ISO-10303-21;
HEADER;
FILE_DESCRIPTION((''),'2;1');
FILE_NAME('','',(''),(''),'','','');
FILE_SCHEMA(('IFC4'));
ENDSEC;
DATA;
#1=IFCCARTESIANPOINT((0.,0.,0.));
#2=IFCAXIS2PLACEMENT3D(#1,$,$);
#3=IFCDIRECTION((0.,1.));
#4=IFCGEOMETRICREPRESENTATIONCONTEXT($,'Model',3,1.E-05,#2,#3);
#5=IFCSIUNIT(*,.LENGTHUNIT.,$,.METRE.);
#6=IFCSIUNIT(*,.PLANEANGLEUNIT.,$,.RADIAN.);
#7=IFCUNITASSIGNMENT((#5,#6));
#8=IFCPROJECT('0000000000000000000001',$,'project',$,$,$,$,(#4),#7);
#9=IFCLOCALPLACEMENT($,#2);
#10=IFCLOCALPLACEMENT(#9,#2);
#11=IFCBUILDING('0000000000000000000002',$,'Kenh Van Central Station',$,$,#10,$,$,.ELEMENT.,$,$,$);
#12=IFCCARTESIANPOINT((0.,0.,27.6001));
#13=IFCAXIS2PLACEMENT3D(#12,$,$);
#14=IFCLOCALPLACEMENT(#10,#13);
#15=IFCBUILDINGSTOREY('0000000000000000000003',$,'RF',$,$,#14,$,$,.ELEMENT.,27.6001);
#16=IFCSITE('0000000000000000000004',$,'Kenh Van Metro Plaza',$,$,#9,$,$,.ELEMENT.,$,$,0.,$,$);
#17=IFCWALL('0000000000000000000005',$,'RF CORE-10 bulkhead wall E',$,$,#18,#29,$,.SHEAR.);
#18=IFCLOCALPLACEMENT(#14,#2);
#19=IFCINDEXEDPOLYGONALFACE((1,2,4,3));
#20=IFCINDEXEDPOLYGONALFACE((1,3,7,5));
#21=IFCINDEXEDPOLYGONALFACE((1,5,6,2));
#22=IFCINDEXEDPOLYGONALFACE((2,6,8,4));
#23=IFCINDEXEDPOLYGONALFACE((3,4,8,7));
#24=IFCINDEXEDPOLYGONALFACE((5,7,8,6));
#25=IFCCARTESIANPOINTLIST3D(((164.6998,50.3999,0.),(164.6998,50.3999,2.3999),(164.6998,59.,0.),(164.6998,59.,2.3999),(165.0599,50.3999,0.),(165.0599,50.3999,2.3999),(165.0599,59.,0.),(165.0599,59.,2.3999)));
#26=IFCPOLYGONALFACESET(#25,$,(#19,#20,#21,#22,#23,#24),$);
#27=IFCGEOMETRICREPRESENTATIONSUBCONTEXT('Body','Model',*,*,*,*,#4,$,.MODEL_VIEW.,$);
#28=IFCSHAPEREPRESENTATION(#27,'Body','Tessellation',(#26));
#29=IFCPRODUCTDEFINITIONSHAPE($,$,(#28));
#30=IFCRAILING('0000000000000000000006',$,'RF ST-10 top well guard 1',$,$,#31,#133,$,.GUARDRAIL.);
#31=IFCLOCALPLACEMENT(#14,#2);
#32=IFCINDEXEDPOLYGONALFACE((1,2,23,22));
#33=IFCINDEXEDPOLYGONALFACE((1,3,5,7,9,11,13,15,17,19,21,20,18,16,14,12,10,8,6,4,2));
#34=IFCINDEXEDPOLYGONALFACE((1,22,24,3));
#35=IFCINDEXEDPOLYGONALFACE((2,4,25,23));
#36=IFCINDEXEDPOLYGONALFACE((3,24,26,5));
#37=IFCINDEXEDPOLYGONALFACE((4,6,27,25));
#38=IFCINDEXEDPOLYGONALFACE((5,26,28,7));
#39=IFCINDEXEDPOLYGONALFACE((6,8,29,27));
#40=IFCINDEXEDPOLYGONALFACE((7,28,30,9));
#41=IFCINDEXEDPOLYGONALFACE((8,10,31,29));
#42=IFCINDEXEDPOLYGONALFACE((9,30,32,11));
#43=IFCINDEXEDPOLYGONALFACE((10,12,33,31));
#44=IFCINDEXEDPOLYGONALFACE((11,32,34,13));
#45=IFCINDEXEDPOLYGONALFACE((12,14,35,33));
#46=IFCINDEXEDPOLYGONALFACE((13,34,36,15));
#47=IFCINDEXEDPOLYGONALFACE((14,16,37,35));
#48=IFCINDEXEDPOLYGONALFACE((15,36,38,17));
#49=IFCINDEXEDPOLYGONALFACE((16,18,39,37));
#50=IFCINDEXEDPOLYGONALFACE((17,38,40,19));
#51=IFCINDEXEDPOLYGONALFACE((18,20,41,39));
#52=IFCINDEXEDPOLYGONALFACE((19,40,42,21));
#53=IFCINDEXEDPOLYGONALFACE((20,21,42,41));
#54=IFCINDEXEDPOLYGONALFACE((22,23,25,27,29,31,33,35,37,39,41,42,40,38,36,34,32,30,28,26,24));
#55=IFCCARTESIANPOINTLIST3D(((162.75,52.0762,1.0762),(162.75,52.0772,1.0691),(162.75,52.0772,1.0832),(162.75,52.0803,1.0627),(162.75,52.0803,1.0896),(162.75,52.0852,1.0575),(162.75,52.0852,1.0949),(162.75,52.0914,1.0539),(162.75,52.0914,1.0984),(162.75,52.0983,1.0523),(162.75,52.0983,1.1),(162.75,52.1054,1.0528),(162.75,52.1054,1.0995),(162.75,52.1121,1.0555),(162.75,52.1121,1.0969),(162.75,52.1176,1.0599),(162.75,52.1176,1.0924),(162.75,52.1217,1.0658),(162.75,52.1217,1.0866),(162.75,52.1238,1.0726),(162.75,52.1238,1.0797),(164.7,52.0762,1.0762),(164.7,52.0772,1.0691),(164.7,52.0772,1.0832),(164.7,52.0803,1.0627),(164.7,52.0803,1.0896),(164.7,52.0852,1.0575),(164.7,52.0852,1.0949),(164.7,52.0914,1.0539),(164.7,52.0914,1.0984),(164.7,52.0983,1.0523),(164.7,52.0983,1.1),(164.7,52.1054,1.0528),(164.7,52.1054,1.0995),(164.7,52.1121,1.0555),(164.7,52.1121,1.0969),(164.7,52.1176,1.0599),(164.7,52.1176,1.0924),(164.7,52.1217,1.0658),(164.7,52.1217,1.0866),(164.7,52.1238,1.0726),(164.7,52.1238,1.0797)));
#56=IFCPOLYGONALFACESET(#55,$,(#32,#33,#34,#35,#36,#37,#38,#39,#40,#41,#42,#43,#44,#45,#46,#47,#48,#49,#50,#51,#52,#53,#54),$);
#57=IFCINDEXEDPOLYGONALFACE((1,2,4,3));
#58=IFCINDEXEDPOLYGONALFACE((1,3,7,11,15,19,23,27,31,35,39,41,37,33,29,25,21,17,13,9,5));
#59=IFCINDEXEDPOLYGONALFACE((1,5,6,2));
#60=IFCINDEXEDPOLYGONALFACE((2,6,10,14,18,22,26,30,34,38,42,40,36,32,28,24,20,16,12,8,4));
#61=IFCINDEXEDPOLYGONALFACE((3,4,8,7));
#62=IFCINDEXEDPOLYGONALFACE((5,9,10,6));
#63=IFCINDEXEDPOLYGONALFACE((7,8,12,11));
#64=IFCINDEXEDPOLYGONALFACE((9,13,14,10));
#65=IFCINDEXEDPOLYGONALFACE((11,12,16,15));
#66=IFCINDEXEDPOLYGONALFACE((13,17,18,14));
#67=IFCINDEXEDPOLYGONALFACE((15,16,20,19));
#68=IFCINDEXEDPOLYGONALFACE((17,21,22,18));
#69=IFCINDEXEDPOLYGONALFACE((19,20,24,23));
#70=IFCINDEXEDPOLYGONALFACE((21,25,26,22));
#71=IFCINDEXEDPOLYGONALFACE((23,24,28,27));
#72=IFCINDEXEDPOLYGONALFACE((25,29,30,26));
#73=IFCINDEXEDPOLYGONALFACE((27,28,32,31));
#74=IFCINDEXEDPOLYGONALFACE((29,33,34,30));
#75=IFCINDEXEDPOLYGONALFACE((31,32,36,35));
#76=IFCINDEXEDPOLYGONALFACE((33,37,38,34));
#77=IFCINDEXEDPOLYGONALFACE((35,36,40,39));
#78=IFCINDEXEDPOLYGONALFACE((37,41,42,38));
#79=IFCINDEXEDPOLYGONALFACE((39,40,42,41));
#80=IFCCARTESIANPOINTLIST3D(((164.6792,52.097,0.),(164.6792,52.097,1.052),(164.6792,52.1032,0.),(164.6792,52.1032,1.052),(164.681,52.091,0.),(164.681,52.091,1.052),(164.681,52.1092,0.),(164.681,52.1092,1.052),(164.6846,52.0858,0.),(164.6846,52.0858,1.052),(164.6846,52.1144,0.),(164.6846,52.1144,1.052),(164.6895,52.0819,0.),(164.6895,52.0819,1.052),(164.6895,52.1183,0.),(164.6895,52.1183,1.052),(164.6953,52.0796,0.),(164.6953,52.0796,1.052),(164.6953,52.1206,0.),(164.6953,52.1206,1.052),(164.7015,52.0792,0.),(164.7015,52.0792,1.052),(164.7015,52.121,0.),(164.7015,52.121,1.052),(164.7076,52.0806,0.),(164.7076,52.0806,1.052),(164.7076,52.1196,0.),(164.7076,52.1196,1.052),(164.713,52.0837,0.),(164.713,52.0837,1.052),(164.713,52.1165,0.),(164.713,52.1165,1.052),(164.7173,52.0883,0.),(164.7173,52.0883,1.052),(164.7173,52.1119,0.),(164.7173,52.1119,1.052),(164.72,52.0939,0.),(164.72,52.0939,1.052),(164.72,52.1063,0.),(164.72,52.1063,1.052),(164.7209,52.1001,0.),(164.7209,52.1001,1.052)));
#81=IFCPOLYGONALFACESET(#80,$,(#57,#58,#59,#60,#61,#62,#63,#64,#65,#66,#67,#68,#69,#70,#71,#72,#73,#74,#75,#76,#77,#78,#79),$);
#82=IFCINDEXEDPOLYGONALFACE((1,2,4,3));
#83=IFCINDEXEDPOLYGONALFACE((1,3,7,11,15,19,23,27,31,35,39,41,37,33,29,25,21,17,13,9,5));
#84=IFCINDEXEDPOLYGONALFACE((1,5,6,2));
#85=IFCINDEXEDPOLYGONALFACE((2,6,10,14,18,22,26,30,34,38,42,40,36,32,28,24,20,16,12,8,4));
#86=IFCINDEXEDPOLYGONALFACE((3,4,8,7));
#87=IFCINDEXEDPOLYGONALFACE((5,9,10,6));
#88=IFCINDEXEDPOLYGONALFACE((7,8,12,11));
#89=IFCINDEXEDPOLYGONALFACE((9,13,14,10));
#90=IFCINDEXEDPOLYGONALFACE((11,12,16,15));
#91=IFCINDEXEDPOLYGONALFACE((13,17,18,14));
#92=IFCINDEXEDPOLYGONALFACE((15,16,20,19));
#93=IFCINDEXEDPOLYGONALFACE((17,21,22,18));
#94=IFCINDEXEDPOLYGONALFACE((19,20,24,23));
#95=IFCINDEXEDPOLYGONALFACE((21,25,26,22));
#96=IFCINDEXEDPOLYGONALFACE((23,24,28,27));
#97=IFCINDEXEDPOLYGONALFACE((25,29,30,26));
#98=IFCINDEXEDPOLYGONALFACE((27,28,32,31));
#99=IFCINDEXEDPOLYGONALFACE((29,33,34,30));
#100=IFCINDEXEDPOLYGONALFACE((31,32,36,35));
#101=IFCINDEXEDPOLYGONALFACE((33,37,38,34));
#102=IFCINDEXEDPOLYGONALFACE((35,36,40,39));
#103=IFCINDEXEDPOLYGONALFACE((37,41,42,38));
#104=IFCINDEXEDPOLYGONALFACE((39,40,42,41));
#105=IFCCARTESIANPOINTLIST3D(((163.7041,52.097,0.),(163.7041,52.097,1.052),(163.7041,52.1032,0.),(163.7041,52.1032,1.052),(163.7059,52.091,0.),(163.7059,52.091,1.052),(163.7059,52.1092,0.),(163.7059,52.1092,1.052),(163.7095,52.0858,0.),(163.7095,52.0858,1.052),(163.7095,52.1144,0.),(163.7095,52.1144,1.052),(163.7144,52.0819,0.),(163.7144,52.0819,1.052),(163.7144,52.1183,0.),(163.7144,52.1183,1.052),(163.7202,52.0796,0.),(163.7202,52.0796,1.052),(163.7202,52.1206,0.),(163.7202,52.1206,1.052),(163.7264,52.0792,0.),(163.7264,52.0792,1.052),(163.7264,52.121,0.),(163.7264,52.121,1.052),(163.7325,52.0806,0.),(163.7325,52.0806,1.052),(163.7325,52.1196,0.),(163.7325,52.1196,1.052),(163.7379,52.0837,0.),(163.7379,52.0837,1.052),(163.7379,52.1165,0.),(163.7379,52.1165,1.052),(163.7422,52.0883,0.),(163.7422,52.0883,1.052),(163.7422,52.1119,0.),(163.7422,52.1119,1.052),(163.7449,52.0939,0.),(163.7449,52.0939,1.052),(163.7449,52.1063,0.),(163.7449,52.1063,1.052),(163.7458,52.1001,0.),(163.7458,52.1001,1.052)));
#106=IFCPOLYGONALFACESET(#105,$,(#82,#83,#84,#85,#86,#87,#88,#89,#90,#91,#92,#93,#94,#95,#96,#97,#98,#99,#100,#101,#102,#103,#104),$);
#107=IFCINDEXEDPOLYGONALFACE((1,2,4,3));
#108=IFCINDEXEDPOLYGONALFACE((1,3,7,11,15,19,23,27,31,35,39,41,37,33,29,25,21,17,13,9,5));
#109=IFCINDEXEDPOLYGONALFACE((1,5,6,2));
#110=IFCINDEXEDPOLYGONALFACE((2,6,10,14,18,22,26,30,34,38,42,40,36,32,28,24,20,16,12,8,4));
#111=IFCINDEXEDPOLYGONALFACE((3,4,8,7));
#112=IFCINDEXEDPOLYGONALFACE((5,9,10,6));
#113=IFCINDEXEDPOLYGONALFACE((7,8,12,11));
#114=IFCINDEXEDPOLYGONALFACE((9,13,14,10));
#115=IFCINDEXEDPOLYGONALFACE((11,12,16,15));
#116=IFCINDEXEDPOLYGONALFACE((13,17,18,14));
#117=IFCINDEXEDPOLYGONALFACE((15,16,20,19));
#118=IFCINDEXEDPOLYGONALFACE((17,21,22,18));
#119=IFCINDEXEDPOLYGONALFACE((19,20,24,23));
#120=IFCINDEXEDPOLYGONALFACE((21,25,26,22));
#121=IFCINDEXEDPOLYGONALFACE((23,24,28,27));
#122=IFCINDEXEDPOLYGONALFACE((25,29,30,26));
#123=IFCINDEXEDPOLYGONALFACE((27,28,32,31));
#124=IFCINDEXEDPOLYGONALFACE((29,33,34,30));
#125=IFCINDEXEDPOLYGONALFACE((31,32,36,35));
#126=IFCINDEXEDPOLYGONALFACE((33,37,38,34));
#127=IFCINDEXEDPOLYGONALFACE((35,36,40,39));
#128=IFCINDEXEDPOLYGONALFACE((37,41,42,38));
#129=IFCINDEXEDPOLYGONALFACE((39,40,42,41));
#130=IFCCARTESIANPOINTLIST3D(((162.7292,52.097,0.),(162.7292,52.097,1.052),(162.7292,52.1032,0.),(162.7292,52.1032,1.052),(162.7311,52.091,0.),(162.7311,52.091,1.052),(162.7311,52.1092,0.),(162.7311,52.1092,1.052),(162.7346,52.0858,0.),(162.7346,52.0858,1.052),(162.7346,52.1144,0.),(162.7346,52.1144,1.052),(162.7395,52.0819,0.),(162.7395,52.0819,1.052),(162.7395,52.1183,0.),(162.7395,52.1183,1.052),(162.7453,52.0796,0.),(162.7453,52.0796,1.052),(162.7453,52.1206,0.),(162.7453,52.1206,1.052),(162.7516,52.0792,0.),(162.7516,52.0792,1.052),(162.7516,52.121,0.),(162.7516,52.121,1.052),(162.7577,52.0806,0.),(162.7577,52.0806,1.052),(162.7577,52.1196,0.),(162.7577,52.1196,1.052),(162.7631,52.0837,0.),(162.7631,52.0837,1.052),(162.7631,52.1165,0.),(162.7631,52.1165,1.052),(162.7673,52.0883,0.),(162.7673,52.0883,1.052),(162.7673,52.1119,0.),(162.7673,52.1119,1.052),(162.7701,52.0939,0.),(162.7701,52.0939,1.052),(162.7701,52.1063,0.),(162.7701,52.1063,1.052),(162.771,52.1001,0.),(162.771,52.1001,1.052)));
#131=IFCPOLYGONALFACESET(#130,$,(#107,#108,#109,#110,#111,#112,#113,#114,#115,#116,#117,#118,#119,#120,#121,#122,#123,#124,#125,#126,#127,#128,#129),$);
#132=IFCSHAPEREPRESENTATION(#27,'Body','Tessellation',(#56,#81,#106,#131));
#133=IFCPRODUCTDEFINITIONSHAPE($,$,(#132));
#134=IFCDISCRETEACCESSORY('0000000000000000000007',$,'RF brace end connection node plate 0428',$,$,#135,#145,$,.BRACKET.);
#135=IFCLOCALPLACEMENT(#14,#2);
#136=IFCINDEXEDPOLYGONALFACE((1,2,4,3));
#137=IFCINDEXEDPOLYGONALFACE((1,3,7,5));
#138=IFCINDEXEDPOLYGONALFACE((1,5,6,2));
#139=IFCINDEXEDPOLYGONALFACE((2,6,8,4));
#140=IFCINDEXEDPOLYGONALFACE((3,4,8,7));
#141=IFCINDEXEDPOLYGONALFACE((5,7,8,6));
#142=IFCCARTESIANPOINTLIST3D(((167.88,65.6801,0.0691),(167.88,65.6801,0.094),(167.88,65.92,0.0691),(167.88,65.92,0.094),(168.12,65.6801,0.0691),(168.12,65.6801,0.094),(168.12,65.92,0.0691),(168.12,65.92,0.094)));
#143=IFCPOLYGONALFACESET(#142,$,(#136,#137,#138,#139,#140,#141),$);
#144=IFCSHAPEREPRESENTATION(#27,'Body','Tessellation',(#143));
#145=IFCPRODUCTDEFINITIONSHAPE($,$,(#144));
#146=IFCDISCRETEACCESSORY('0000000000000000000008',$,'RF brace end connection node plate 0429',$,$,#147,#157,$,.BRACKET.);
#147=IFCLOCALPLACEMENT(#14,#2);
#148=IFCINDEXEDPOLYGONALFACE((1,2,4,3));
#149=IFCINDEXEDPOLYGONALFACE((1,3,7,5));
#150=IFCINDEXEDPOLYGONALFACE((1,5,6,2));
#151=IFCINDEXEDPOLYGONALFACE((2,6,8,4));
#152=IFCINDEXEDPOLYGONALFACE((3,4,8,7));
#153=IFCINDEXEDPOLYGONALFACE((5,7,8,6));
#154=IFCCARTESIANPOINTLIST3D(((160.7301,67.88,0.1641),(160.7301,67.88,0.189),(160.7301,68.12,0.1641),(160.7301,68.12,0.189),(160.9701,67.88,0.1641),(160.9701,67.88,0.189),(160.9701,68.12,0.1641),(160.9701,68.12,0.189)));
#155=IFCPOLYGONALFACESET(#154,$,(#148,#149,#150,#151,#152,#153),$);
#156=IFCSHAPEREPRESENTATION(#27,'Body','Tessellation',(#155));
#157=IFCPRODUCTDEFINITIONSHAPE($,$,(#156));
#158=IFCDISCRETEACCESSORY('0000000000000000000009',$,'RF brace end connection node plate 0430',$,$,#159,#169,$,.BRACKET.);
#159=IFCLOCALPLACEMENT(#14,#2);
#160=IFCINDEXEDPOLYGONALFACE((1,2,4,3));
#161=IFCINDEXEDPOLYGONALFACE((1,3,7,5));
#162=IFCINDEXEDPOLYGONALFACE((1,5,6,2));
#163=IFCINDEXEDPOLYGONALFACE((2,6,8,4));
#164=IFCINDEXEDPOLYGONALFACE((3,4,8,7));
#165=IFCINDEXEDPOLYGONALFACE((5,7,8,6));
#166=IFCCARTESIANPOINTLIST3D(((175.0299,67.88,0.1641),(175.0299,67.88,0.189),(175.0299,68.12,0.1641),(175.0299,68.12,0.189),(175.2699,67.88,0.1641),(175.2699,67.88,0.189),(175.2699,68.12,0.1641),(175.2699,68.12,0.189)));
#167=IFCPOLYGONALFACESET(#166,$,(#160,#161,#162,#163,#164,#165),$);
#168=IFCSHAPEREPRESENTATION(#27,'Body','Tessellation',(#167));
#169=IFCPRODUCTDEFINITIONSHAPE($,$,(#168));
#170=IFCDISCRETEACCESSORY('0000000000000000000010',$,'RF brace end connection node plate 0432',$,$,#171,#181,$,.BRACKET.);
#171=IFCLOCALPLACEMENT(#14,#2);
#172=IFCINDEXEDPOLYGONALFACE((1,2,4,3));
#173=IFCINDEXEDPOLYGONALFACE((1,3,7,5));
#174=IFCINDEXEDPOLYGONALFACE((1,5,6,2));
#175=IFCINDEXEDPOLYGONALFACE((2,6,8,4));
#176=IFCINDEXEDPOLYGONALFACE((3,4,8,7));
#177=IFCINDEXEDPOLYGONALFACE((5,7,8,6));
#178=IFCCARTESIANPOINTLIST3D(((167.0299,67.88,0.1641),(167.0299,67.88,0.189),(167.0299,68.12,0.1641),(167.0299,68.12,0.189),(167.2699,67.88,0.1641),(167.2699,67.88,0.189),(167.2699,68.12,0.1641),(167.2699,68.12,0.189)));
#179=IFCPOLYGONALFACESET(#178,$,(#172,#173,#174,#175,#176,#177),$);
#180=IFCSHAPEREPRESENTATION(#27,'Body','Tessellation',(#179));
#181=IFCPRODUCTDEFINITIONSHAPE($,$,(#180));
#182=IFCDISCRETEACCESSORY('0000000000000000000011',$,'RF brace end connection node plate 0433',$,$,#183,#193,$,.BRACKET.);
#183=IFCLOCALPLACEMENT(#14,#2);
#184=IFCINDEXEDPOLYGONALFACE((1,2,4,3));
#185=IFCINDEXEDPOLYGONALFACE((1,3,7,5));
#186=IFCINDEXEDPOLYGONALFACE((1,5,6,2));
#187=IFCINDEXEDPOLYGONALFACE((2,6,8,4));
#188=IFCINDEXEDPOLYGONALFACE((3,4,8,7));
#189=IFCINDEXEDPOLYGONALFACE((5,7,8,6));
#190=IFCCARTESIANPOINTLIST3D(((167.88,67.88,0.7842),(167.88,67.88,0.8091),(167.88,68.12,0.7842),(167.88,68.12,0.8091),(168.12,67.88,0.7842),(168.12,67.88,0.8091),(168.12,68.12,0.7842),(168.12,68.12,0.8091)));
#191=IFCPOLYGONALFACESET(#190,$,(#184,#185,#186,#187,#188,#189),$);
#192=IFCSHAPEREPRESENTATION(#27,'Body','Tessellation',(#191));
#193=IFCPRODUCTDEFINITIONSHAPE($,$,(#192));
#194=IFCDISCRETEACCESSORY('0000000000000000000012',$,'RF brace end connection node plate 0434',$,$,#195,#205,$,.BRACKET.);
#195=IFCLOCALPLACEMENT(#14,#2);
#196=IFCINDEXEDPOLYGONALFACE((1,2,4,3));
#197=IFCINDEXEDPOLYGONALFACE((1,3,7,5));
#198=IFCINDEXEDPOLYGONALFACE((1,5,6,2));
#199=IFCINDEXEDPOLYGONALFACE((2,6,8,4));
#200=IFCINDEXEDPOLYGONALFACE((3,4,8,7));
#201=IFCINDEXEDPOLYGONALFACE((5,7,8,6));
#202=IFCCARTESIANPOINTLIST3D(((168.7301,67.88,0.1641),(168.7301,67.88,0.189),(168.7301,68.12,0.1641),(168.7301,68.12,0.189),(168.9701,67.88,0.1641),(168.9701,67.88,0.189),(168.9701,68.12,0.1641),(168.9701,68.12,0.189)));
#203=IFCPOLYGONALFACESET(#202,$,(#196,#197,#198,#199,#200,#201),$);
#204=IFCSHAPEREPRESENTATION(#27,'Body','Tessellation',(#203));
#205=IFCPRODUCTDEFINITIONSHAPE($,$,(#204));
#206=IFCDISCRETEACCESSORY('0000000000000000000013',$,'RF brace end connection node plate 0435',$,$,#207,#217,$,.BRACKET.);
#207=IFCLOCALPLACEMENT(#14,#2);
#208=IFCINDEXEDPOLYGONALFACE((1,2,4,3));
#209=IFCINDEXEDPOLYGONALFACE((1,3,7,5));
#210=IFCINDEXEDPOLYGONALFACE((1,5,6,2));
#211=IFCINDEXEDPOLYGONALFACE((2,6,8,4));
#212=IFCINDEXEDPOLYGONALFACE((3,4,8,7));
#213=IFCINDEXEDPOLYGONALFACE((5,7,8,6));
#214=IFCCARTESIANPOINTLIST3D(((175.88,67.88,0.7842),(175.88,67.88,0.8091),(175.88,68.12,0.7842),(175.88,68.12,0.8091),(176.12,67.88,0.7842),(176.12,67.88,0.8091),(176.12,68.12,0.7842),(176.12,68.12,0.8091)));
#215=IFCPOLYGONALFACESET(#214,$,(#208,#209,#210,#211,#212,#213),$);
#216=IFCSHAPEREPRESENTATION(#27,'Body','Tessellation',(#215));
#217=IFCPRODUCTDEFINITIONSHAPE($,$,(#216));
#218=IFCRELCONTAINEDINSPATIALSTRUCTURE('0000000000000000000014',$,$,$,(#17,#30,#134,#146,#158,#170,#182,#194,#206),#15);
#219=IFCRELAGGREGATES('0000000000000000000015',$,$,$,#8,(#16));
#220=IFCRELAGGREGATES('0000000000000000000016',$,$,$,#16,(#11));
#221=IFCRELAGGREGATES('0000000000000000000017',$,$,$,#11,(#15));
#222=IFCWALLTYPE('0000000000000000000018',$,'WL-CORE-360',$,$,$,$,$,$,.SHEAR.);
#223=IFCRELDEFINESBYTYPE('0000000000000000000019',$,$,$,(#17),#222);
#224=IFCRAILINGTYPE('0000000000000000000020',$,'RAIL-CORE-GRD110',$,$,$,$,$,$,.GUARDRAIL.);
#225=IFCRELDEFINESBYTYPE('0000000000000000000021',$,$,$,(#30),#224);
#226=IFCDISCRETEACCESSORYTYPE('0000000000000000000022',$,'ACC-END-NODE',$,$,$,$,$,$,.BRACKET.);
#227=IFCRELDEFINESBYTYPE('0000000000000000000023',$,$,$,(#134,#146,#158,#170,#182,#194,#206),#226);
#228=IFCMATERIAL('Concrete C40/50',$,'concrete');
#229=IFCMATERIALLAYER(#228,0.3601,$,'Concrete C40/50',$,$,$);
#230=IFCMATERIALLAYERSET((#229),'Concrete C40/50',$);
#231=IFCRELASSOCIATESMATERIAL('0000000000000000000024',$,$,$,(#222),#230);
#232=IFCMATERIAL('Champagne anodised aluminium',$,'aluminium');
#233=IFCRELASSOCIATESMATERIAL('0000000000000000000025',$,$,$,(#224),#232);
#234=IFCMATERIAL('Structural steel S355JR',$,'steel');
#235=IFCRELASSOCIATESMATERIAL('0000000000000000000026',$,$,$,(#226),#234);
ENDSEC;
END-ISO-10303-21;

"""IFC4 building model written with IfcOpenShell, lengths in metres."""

from ifc_helpers import new_model, si_unit, direction, frame, frame_2d, origin, origin_2d, place, context, subcontext, project, spatial, rectangle, circle, extrude, material, layer, layer_set, type_object, element, save


model = new_model("IFC4")

# Units and contexts
model_context = context("Model", 3, precision=1e-05, world=origin(), true_north=direction((0.0, 1.0)))
body_context = subcontext(model_context, "Body", "Model", "MODEL_VIEW")
ifc_project = project(units=[si_unit("LENGTHUNIT", "METRE"), si_unit("PLANEANGLEUNIT", "RADIAN")], contexts=[model_context])

# Site, building, storey
site_placement = place(None, origin())
site = spatial("IfcSite", under=ifc_project, at=site_placement, Name="Kenh Van Metro Plaza", CompositionType="ELEMENT", RefElevation=0.0)
building_placement = place(site_placement, origin())
building = spatial("IfcBuilding", under=site, at=building_placement, Name="Kenh Van Central Station", CompositionType="ELEMENT")
storey_placement = place(building_placement, frame((0.0, 0.0, 27.6001)))
storey = spatial("IfcBuildingStorey", under=building, at=storey_placement, Name="RF", CompositionType="ELEMENT", Elevation=27.6001)

# Wall
ifc_material_1 = material(Name="Concrete C40/50", Category="concrete")
ifc_layer = layer(ifc_material_1, 0.3601, Name="Concrete C40/50")
ifc_layer_set = layer_set([ifc_layer], Name="Concrete C40/50")
wall_type = type_object("IfcWallType", Name="WL-CORE-360", PredefinedType="SHEAR", material=ifc_layer_set)
wall_1_placement = place(storey_placement, frame((164.8799, 50.3999, 0.0), z_axis=(0.0, 0.0, 1.0), x_axis=(0.0, 1.0, 0.0)))
element("IfcWall", 1, at=wall_1_placement, inside=storey, type_object=wall_type, Name="RF CORE-10 bulkhead wall E", PredefinedType="SHEAR", context=body_context, shape_type="SweptSolid", body=[
    extrude(rectangle(XDim=8.6001, YDim=0.3601, at=frame_2d((4.3, 0.0))), origin(), (0.0, 0.0, 1.0), 2.3999),
])

# Railing
ifc_material_2 = material(Name="Champagne anodised aluminium", Category="aluminium")
railing_type = type_object("IfcRailingType", Name="RAIL-CORE-GRD110", PredefinedType="GUARDRAIL", material=ifc_material_2)
railing_placement = place(storey_placement, frame((164.7, 52.1001, 0.0)))
element("IfcRailing", 2, at=railing_placement, inside=storey, type_object=railing_type, Name="RF ST-10 top well guard 1", PredefinedType="GUARDRAIL", context=body_context, shape_type="SweptSolid", body=[
    extrude(circle(Radius=0.0239, at=origin_2d()), frame((0.0, 0.0, 1.0762), z_axis=(-1.0, 0.0, 0.0), x_axis=(0.0, -1.0, 0.0)), (0.0, 0.0, 1.0), 1.95),
    extrude(circle(Radius=0.021, at=origin_2d()), origin(), (0.0, 0.0, 1.0), 1.052),
    extrude(circle(Radius=0.021, at=origin_2d()), frame((-0.9751, 0.0, 0.0)), (0.0, 0.0, 1.0), 1.052),
    extrude(circle(Radius=0.021, at=origin_2d()), frame((-1.95, 0.0, 0.0)), (0.0, 0.0, 1.0), 1.052),
])

# Discrete accessories
ifc_material_3 = material(Name="Structural steel S355JR", Category="steel")
discrete_accessory_type = type_object("IfcDiscreteAccessoryType", Name="ACC-END-NODE", PredefinedType="BRACKET", material=ifc_material_3)
for number, where, z_axis, x_axis, name in (
    (3, (168.0, 65.8, 0.0691), (0.0, 0.0, 1.0), (1.0, 0.0, 0.0), "RF brace end connection node plate 0428"),
    (4, (160.8501, 68.0, 0.1641), (0.0, 0.0, 1.0), (1.0, 0.0, 0.0), "RF brace end connection node plate 0429"),
    (5, (175.1499, 68.0, 0.1641), (0.0, 0.0, 1.0), (1.0, 0.0, 0.0), "RF brace end connection node plate 0430"),
    (6, (167.1499, 68.0, 0.1641), (0.0, 0.0, 1.0), (1.0, 0.0, 0.0), "RF brace end connection node plate 0432"),
    (7, (168.0, 68.0, 0.7842), (0.0, 0.0, 1.0), (1.0, 0.0, 0.0), "RF brace end connection node plate 0433"),
    (8, (168.8501, 68.0, 0.1641), (0.0, 0.0, 1.0), (1.0, 0.0, 0.0), "RF brace end connection node plate 0434"),
    (9, (176.0, 68.0, 0.7842), (0.0, 0.0, 1.0), (1.0, 0.0, 0.0), "RF brace end connection node plate 0435"),
):
    element("IfcDiscreteAccessory", number, at=place(storey_placement, frame(where, z_axis=z_axis, x_axis=x_axis)), inside=storey, type_object=discrete_accessory_type, Name=name, PredefinedType="BRACKET", context=body_context, shape_type="SweptSolid", body=[
        extrude(rectangle(XDim=0.24, YDim=0.24, at=origin_2d()), origin(), (0.0, 0.0, 1.0), 0.0249),
    ])

save(model, "model.ifc")
